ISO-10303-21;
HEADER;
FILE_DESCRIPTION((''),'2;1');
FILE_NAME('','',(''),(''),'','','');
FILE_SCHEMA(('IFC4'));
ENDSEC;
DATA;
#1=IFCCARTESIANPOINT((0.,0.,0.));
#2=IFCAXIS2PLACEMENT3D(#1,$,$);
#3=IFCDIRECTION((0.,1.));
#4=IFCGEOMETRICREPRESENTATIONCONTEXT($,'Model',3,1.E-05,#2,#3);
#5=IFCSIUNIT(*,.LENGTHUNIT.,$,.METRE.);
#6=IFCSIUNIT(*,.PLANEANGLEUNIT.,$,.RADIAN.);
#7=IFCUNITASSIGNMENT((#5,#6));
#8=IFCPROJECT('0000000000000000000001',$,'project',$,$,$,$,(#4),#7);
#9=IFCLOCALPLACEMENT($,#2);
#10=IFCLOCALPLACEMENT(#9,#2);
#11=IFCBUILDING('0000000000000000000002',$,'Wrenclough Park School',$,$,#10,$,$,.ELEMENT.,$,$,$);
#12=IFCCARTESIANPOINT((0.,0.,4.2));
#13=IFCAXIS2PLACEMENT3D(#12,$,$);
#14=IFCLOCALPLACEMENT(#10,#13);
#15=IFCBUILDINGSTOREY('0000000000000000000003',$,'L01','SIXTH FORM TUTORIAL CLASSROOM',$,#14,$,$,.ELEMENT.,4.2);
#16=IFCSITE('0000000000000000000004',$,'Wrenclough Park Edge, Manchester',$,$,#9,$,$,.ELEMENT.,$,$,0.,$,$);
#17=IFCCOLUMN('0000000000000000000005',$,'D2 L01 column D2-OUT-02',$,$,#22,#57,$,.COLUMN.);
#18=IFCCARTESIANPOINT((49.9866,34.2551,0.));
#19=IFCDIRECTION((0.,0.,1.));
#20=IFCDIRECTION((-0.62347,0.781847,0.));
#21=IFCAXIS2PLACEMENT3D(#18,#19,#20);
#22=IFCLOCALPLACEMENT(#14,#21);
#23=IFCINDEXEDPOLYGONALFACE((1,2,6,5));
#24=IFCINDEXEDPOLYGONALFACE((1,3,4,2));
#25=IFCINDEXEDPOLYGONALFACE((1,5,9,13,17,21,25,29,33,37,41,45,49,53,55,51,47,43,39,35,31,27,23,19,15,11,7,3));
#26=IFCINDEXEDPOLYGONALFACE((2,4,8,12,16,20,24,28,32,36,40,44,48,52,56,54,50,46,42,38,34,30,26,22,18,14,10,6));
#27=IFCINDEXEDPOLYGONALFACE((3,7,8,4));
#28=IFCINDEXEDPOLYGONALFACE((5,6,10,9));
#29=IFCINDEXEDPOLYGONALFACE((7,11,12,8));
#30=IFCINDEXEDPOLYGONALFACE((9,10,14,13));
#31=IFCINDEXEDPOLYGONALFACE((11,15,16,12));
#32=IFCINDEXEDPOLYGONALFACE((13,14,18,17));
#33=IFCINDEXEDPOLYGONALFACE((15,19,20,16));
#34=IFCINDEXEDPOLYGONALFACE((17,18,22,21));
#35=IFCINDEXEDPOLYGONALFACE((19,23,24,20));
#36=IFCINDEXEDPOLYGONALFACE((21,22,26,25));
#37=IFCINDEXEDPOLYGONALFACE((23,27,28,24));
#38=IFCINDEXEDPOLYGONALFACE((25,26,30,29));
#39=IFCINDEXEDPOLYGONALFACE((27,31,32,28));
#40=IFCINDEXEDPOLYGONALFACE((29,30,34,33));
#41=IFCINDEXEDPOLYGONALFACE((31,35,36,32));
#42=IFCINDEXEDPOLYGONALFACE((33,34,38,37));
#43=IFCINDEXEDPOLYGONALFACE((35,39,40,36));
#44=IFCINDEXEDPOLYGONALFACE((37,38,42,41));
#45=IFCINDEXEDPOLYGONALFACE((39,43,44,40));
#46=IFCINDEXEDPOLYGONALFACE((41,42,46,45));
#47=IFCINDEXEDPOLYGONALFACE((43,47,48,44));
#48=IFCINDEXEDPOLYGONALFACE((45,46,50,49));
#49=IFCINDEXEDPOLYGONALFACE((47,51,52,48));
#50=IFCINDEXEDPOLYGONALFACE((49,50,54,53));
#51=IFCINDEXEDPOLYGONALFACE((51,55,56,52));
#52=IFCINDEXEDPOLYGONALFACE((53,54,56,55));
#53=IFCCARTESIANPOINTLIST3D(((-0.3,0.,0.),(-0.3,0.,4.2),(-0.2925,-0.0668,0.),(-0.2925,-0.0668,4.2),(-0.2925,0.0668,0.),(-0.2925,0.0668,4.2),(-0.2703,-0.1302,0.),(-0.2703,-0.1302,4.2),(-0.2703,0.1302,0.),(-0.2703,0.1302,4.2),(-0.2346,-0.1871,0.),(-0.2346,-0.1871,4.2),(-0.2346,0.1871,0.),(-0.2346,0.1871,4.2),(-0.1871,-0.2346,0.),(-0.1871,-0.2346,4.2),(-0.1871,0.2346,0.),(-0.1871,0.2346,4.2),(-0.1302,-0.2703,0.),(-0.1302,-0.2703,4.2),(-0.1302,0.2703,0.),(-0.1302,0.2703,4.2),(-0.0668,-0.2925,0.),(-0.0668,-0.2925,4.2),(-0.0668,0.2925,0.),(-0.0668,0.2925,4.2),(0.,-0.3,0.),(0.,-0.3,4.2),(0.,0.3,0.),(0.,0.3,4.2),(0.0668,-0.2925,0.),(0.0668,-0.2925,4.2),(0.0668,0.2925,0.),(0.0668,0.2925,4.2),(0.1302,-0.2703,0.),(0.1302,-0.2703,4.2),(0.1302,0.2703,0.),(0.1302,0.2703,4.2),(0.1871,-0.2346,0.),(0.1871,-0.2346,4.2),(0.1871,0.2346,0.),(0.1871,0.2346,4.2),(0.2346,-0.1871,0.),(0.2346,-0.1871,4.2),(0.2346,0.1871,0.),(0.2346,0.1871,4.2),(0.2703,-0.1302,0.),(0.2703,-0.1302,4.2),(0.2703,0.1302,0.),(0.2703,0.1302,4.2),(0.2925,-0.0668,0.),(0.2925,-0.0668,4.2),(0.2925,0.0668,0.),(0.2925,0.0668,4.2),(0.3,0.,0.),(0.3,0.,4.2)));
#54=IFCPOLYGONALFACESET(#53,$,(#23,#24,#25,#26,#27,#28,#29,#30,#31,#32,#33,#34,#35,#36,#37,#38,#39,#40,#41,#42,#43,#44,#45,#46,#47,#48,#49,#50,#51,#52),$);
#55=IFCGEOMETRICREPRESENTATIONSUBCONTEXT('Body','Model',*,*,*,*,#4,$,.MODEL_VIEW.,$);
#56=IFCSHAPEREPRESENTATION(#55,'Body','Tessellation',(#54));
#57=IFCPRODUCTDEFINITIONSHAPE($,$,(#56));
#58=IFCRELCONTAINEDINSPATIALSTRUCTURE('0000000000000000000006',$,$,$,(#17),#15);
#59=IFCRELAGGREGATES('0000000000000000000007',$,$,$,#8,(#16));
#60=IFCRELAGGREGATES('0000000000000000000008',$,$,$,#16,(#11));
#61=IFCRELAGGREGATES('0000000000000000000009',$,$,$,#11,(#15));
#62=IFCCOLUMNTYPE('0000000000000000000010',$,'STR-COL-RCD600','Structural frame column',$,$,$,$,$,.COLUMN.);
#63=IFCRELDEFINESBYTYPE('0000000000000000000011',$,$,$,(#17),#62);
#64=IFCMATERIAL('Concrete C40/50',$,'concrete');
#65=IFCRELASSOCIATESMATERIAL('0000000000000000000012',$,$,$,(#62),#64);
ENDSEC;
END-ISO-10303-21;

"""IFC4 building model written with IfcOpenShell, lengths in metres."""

from ifc_helpers import new_model, si_unit, direction, frame, origin, origin_2d, place, context, subcontext, project, spatial, circle, extrude, material, material_profile, profile_set, type_object, element, save


model = new_model("IFC4")

# Units and contexts
model_context = context("Model", 3, precision=1e-05, world=origin(), true_north=direction((0.0, 1.0)))
body_context = subcontext(model_context, "Body", "Model", "MODEL_VIEW")
ifc_project = project(units=[si_unit("LENGTHUNIT", "METRE"), si_unit("PLANEANGLEUNIT", "RADIAN")], contexts=[model_context])

# Site, building, storey
site_placement = place(None, origin())
site = spatial("IfcSite", under=ifc_project, at=site_placement, Name="Wrenclough Park Edge, Manchester", CompositionType="ELEMENT", RefElevation=0.0)
building_placement = place(site_placement, origin())
building = spatial("IfcBuilding", under=site, at=building_placement, Name="Wrenclough Park School", CompositionType="ELEMENT")
storey_placement = place(building_placement, frame((0.0, 0.0, 4.2)))
storey = spatial("IfcBuildingStorey", under=building, at=storey_placement, Name="L01", Description="SIXTH FORM TUTORIAL CLASSROOM", CompositionType="ELEMENT", Elevation=4.2)

# Column
ifc_material_1 = material(Name="Concrete C40/50", Category="concrete")
ifc_material_profile_1 = material_profile(ifc_material_1, circle(Radius=0.3, at=origin_2d()), Name="RC COL D600")
ifc_profile_set_1 = profile_set([ifc_material_profile_1], Name="Concrete C40/50")
column_type = type_object("IfcColumnType", Name="STR-COL-RCD600", Description="Structural frame column", PredefinedType="COLUMN", material=ifc_profile_set_1)
column_placement = place(storey_placement, frame((49.9866, 34.2551, 0.0), z_axis=(0.0, 0.0, 1.0), x_axis=(-0.62347, 0.781847, 0.0)))
element("IfcColumn", 1, at=column_placement, inside=storey, type_object=column_type, Name="D2 L01 column D2-OUT-02", PredefinedType="COLUMN", context=body_context, shape_type="SweptSolid", body=[
    extrude(circle(Radius=0.3, at=origin_2d()), origin(), (0.0, 0.0, 1.0), 4.2),
])

save(model, "model.ifc")
